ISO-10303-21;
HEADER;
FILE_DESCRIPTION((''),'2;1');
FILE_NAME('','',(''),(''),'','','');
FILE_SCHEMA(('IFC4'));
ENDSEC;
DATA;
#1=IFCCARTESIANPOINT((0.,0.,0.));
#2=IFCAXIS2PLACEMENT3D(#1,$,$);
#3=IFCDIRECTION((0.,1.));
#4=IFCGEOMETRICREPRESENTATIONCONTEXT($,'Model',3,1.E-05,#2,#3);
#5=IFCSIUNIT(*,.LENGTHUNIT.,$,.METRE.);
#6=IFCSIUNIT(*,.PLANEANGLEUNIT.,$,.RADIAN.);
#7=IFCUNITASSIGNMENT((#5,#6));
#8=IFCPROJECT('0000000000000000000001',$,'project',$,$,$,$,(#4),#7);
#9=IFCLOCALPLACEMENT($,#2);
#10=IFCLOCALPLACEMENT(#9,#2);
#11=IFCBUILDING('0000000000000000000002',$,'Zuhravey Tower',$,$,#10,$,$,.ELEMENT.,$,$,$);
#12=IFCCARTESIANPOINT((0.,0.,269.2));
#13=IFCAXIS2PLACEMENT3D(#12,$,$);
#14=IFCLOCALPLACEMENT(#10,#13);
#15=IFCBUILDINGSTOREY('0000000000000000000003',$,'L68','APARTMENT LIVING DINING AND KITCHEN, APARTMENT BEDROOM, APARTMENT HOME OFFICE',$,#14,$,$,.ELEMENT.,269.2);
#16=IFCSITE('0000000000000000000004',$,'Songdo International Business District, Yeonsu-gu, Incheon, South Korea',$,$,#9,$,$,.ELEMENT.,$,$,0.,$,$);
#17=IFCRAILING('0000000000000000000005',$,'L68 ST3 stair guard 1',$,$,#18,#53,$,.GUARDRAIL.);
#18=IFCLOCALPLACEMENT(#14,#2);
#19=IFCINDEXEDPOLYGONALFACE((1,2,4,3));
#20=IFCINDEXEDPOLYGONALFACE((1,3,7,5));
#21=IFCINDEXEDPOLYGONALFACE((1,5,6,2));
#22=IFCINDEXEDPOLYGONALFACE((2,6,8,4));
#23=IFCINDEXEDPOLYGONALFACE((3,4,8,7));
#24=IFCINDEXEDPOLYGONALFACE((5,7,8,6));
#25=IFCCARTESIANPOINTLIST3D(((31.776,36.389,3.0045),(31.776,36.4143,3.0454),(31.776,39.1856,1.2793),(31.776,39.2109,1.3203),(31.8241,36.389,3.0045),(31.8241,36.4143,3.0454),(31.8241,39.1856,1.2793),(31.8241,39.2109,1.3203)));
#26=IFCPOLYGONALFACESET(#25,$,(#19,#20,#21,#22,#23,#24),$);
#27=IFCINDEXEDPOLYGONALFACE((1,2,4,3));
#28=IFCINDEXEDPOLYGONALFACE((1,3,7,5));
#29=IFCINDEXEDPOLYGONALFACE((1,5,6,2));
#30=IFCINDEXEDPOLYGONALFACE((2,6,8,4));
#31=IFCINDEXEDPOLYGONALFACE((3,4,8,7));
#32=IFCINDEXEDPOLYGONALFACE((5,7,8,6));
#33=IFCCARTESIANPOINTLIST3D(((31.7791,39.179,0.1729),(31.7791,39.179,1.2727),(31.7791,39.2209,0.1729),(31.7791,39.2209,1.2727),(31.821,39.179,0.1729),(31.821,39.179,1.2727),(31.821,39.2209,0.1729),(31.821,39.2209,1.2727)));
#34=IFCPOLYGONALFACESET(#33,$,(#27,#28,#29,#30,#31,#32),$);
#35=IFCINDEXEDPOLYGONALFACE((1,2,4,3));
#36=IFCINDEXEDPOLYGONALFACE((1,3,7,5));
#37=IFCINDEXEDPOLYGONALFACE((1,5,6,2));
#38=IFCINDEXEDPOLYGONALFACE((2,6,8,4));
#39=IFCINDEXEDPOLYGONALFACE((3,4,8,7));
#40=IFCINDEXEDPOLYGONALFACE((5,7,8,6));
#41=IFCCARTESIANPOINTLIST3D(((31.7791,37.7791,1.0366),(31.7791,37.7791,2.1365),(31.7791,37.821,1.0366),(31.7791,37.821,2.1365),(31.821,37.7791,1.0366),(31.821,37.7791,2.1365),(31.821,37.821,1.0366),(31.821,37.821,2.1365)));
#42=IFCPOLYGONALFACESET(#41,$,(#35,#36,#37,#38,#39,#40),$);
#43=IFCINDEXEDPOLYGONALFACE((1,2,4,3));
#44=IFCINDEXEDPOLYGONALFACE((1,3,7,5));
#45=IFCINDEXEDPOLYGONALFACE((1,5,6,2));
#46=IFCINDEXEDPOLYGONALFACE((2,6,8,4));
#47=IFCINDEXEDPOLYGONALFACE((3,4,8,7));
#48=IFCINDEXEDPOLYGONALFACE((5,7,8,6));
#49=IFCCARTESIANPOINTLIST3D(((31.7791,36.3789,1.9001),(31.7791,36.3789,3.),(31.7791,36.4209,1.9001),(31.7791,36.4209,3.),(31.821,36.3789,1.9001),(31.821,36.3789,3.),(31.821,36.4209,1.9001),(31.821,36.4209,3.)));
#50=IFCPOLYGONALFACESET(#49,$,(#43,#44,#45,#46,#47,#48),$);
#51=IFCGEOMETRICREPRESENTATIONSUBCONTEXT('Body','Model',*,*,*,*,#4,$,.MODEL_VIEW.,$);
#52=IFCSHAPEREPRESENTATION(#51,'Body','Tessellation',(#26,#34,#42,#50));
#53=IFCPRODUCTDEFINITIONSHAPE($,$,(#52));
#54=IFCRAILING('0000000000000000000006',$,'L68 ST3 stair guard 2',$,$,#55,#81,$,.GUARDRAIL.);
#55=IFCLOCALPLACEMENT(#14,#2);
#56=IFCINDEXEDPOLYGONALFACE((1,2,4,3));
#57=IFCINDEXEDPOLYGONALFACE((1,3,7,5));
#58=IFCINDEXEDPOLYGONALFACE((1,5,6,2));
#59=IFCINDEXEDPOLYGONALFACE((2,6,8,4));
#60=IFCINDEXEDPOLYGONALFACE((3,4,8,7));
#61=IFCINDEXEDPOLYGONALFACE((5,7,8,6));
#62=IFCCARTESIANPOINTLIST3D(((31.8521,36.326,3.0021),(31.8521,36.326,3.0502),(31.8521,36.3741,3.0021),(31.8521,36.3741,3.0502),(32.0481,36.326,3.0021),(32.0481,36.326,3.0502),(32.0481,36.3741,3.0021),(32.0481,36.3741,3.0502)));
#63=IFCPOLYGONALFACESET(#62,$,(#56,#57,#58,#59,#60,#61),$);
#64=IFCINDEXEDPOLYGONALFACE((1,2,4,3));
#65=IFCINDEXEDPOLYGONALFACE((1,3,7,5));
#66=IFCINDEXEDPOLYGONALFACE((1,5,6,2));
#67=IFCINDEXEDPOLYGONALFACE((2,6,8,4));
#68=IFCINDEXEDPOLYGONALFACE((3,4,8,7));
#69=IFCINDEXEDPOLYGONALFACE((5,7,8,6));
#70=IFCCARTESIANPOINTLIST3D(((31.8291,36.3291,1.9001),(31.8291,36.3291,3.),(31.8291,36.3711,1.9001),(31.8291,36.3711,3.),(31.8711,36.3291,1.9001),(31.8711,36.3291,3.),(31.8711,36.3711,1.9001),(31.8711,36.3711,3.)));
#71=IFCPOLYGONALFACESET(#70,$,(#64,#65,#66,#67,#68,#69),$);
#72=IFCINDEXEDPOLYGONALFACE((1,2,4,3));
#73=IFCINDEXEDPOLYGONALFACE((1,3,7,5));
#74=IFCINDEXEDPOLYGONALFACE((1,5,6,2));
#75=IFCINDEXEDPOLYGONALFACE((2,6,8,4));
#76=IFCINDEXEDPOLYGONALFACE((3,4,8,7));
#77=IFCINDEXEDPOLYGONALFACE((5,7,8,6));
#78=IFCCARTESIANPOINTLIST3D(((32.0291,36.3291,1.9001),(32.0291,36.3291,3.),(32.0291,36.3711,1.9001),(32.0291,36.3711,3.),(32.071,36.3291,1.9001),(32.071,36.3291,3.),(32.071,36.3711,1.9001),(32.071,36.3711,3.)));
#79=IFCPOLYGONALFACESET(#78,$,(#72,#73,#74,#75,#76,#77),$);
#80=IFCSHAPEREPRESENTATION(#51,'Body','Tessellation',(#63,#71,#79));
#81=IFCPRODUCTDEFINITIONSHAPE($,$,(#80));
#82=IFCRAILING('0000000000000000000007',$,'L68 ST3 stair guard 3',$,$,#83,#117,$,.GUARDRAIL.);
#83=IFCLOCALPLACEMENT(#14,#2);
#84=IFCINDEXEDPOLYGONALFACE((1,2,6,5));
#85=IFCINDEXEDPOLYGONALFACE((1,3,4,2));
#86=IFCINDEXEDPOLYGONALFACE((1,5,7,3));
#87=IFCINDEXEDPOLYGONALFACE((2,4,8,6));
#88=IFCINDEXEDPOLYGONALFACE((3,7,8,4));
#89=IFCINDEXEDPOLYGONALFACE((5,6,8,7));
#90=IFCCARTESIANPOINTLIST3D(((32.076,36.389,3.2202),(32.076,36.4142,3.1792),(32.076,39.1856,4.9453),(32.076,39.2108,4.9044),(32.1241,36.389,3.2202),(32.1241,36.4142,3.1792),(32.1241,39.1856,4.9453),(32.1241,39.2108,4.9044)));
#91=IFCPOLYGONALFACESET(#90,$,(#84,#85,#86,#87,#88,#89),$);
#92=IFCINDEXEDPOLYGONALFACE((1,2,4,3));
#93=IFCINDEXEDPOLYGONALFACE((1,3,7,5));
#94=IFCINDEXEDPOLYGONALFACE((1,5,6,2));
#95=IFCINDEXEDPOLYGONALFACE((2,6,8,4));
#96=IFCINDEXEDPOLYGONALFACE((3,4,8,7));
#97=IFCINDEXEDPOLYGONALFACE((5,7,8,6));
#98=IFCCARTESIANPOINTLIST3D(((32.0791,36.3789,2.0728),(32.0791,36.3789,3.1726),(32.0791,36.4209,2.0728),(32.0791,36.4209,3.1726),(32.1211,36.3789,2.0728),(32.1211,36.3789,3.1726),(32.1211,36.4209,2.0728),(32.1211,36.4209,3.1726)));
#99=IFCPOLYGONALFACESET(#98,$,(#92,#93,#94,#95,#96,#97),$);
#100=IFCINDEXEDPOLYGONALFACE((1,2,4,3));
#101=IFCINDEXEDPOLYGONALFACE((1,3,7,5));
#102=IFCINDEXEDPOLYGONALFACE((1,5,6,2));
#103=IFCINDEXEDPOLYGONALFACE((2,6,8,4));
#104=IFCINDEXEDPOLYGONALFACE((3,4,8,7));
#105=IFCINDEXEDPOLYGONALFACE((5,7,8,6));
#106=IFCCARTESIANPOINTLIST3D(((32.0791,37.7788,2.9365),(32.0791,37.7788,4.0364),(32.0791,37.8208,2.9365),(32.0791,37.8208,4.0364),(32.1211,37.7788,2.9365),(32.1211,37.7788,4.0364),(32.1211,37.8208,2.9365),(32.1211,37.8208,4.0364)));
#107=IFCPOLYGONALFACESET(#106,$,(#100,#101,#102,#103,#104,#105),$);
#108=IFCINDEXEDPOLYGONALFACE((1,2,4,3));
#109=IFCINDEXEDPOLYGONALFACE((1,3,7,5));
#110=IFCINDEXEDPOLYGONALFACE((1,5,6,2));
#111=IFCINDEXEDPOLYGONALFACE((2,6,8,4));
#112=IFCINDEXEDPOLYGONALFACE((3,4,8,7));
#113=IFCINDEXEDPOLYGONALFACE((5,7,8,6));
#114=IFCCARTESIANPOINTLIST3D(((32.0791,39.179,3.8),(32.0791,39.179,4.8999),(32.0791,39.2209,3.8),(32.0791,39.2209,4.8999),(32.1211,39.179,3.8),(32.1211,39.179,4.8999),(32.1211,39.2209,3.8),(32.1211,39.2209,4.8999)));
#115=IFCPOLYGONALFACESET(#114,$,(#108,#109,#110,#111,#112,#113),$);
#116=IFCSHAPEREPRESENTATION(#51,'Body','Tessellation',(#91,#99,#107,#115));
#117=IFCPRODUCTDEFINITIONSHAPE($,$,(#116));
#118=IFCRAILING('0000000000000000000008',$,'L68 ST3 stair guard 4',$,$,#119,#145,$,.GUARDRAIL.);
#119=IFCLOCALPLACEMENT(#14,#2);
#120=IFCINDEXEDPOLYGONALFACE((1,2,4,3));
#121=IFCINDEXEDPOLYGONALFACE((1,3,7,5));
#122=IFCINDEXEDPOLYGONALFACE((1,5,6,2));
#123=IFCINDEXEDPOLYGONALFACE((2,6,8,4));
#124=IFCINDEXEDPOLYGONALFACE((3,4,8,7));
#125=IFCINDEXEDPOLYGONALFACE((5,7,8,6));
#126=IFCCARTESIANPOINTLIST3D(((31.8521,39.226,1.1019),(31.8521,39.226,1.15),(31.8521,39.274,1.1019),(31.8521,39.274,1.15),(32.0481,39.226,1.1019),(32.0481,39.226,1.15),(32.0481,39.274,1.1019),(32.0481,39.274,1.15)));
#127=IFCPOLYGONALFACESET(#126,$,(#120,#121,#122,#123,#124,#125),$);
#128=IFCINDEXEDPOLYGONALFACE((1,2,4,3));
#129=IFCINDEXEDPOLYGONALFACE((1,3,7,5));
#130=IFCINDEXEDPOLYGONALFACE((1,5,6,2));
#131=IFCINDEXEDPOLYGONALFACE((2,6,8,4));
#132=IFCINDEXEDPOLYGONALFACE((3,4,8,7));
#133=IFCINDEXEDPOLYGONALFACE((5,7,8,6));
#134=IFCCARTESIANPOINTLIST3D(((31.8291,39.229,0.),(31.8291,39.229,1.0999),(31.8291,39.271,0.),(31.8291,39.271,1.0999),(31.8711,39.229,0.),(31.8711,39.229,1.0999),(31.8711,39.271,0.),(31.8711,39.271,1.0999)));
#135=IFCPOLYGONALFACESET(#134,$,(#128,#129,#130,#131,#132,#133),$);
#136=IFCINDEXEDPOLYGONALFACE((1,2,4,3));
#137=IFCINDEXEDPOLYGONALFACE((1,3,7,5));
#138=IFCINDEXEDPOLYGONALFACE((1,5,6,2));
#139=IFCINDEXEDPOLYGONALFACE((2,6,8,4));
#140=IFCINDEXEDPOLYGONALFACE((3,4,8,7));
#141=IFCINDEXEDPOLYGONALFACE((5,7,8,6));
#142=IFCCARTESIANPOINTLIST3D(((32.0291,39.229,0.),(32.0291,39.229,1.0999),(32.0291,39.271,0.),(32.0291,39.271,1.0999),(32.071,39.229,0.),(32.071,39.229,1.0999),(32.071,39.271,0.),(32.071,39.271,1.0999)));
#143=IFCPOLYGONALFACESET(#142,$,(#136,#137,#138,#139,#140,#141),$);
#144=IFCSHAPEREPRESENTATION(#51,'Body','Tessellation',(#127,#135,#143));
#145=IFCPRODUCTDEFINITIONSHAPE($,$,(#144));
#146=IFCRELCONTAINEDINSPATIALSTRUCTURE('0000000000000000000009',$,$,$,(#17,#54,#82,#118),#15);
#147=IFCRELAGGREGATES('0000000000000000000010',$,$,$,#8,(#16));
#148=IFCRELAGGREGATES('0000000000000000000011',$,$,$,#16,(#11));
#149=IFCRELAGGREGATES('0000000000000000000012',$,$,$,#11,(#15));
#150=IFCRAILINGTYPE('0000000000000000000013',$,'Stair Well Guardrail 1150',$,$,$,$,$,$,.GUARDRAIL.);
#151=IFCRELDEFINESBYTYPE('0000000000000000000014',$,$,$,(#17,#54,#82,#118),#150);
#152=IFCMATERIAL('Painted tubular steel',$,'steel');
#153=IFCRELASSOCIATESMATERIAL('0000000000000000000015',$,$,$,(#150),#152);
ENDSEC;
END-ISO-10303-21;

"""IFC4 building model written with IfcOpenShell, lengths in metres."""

from ifc_helpers import new_model, si_unit, direction, frame, origin, origin_2d, place, context, subcontext, project, spatial, rectangle, extrude, material, type_object, element, save


model = new_model("IFC4")

# Units and contexts
model_context = context("Model", 3, precision=1e-05, world=origin(), true_north=direction((0.0, 1.0)))
body_context = subcontext(model_context, "Body", "Model", "MODEL_VIEW")
ifc_project = project(units=[si_unit("LENGTHUNIT", "METRE"), si_unit("PLANEANGLEUNIT", "RADIAN")], contexts=[model_context])

# Site, building, storey
site_placement = place(None, origin())
site = spatial("IfcSite", under=ifc_project, at=site_placement, Name="Songdo International Business District, Yeonsu-gu, Incheon, South Korea", CompositionType="ELEMENT", RefElevation=0.0)
building_placement = place(site_placement, origin())
building = spatial("IfcBuilding", under=site, at=building_placement, Name="Zuhravey Tower", CompositionType="ELEMENT")
storey_placement = place(building_placement, frame((0.0, 0.0, 269.2)))
storey = spatial("IfcBuildingStorey", under=building, at=storey_placement, Name="L68", Description="APARTMENT LIVING DINING AND KITCHEN, APARTMENT BEDROOM, APARTMENT HOME OFFICE", CompositionType="ELEMENT", Elevation=269.2)

# Railings
ifc_material_1 = material(Name="Painted tubular steel", Category="steel")
railing_type_1 = type_object("IfcRailingType", Name="Stair Well Guardrail 1150", PredefinedType="GUARDRAIL", material=ifc_material_1)
railing_1_placement = place(storey_placement, frame((31.8, 39.2, 0.1729)))
element("IfcRailing", 1, at=railing_1_placement, inside=storey, type_object=railing_type_1, Name="L68 ST3 stair guard 1", PredefinedType="GUARDRAIL", context=body_context, shape_type="SweptSolid", body=[
    extrude(rectangle(XDim=0.0481, YDim=0.0481, at=origin_2d()), frame((0.0, -0.0017, 1.127), z_axis=(0.0, -0.85109, 0.52502), x_axis=(1.0, 0.0, 0.0)), (0.0, 0.0, 1.0), 3.2859),
    extrude(rectangle(XDim=0.042, YDim=0.042, at=origin_2d()), origin(), (0.0, 0.0, 1.0), 1.0999),
    extrude(rectangle(XDim=0.042, YDim=0.042, at=origin_2d()), frame((0.0, -1.3999, 0.8638)), (0.0, 0.0, 1.0), 1.0999),
    extrude(rectangle(XDim=0.042, YDim=0.042, at=origin_2d()), frame((0.0, -2.8, 1.7273)), (0.0, 0.0, 1.0), 1.0999),
])
railing_2_placement = place(storey_placement, frame((31.8501, 36.3501, 1.9001)))
element("IfcRailing", 2, at=railing_2_placement, inside=storey, type_object=railing_type_1, Name="L68 ST3 stair guard 2", PredefinedType="GUARDRAIL", context=body_context, shape_type="SweptSolid", body=[
    extrude(rectangle(XDim=0.0481, YDim=0.0481, at=origin_2d()), frame((0.002, 0.0, 1.126), z_axis=(1.0, 0.0, 0.0), x_axis=(0.0, 1.0, 0.0)), (0.0, 0.0, 1.0), 0.196),
    extrude(rectangle(XDim=0.042, YDim=0.042, at=origin_2d()), origin(), (0.0, 0.0, 1.0), 1.0999),
    extrude(rectangle(XDim=0.042, YDim=0.042, at=origin_2d()), frame((0.2, 0.0, 0.0)), (0.0, 0.0, 1.0), 1.0999),
])
railing_3_placement = place(storey_placement, frame((32.1001, 36.3999, 2.0728)))
element("IfcRailing", 3, at=railing_3_placement, inside=storey, type_object=railing_type_1, Name="L68 ST3 stair guard 3", PredefinedType="GUARDRAIL", context=body_context, shape_type="SweptSolid", body=[
    extrude(rectangle(XDim=0.0481, YDim=0.0481, at=origin_2d()), frame((0.0, 0.0017, 1.127), z_axis=(0.0, 0.85109, 0.52502), x_axis=(-1.0, 0.0, 0.0)), (0.0, 0.0, 1.0), 3.2859),
    extrude(rectangle(XDim=0.042, YDim=0.042, at=origin_2d()), origin(), (0.0, 0.0, 1.0), 1.0999),
    extrude(rectangle(XDim=0.042, YDim=0.042, at=origin_2d()), frame((0.0, 1.3999, 0.8638)), (0.0, 0.0, 1.0), 1.0999),
    extrude(rectangle(XDim=0.042, YDim=0.042, at=origin_2d()), frame((0.0, 2.8, 1.7273)), (0.0, 0.0, 1.0), 1.0999),
])
railing_4_placement = place(storey_placement, frame((31.8501, 39.25, 0.0)))
element("IfcRailing", 4, at=railing_4_placement, inside=storey, type_object=railing_type_1, Name="L68 ST3 stair guard 4", PredefinedType="GUARDRAIL", context=body_context, shape_type="SweptSolid", body=[
    extrude(rectangle(XDim=0.0481, YDim=0.0481, at=origin_2d()), frame((0.002, 0.0, 1.126), z_axis=(1.0, 0.0, 0.0), x_axis=(0.0, 1.0, 0.0)), (0.0, 0.0, 1.0), 0.196),
    extrude(rectangle(XDim=0.042, YDim=0.042, at=origin_2d()), origin(), (0.0, 0.0, 1.0), 1.0999),
    extrude(rectangle(XDim=0.042, YDim=0.042, at=origin_2d()), frame((0.2, 0.0, 0.0)), (0.0, 0.0, 1.0), 1.0999),
])

save(model, "model.ifc")
